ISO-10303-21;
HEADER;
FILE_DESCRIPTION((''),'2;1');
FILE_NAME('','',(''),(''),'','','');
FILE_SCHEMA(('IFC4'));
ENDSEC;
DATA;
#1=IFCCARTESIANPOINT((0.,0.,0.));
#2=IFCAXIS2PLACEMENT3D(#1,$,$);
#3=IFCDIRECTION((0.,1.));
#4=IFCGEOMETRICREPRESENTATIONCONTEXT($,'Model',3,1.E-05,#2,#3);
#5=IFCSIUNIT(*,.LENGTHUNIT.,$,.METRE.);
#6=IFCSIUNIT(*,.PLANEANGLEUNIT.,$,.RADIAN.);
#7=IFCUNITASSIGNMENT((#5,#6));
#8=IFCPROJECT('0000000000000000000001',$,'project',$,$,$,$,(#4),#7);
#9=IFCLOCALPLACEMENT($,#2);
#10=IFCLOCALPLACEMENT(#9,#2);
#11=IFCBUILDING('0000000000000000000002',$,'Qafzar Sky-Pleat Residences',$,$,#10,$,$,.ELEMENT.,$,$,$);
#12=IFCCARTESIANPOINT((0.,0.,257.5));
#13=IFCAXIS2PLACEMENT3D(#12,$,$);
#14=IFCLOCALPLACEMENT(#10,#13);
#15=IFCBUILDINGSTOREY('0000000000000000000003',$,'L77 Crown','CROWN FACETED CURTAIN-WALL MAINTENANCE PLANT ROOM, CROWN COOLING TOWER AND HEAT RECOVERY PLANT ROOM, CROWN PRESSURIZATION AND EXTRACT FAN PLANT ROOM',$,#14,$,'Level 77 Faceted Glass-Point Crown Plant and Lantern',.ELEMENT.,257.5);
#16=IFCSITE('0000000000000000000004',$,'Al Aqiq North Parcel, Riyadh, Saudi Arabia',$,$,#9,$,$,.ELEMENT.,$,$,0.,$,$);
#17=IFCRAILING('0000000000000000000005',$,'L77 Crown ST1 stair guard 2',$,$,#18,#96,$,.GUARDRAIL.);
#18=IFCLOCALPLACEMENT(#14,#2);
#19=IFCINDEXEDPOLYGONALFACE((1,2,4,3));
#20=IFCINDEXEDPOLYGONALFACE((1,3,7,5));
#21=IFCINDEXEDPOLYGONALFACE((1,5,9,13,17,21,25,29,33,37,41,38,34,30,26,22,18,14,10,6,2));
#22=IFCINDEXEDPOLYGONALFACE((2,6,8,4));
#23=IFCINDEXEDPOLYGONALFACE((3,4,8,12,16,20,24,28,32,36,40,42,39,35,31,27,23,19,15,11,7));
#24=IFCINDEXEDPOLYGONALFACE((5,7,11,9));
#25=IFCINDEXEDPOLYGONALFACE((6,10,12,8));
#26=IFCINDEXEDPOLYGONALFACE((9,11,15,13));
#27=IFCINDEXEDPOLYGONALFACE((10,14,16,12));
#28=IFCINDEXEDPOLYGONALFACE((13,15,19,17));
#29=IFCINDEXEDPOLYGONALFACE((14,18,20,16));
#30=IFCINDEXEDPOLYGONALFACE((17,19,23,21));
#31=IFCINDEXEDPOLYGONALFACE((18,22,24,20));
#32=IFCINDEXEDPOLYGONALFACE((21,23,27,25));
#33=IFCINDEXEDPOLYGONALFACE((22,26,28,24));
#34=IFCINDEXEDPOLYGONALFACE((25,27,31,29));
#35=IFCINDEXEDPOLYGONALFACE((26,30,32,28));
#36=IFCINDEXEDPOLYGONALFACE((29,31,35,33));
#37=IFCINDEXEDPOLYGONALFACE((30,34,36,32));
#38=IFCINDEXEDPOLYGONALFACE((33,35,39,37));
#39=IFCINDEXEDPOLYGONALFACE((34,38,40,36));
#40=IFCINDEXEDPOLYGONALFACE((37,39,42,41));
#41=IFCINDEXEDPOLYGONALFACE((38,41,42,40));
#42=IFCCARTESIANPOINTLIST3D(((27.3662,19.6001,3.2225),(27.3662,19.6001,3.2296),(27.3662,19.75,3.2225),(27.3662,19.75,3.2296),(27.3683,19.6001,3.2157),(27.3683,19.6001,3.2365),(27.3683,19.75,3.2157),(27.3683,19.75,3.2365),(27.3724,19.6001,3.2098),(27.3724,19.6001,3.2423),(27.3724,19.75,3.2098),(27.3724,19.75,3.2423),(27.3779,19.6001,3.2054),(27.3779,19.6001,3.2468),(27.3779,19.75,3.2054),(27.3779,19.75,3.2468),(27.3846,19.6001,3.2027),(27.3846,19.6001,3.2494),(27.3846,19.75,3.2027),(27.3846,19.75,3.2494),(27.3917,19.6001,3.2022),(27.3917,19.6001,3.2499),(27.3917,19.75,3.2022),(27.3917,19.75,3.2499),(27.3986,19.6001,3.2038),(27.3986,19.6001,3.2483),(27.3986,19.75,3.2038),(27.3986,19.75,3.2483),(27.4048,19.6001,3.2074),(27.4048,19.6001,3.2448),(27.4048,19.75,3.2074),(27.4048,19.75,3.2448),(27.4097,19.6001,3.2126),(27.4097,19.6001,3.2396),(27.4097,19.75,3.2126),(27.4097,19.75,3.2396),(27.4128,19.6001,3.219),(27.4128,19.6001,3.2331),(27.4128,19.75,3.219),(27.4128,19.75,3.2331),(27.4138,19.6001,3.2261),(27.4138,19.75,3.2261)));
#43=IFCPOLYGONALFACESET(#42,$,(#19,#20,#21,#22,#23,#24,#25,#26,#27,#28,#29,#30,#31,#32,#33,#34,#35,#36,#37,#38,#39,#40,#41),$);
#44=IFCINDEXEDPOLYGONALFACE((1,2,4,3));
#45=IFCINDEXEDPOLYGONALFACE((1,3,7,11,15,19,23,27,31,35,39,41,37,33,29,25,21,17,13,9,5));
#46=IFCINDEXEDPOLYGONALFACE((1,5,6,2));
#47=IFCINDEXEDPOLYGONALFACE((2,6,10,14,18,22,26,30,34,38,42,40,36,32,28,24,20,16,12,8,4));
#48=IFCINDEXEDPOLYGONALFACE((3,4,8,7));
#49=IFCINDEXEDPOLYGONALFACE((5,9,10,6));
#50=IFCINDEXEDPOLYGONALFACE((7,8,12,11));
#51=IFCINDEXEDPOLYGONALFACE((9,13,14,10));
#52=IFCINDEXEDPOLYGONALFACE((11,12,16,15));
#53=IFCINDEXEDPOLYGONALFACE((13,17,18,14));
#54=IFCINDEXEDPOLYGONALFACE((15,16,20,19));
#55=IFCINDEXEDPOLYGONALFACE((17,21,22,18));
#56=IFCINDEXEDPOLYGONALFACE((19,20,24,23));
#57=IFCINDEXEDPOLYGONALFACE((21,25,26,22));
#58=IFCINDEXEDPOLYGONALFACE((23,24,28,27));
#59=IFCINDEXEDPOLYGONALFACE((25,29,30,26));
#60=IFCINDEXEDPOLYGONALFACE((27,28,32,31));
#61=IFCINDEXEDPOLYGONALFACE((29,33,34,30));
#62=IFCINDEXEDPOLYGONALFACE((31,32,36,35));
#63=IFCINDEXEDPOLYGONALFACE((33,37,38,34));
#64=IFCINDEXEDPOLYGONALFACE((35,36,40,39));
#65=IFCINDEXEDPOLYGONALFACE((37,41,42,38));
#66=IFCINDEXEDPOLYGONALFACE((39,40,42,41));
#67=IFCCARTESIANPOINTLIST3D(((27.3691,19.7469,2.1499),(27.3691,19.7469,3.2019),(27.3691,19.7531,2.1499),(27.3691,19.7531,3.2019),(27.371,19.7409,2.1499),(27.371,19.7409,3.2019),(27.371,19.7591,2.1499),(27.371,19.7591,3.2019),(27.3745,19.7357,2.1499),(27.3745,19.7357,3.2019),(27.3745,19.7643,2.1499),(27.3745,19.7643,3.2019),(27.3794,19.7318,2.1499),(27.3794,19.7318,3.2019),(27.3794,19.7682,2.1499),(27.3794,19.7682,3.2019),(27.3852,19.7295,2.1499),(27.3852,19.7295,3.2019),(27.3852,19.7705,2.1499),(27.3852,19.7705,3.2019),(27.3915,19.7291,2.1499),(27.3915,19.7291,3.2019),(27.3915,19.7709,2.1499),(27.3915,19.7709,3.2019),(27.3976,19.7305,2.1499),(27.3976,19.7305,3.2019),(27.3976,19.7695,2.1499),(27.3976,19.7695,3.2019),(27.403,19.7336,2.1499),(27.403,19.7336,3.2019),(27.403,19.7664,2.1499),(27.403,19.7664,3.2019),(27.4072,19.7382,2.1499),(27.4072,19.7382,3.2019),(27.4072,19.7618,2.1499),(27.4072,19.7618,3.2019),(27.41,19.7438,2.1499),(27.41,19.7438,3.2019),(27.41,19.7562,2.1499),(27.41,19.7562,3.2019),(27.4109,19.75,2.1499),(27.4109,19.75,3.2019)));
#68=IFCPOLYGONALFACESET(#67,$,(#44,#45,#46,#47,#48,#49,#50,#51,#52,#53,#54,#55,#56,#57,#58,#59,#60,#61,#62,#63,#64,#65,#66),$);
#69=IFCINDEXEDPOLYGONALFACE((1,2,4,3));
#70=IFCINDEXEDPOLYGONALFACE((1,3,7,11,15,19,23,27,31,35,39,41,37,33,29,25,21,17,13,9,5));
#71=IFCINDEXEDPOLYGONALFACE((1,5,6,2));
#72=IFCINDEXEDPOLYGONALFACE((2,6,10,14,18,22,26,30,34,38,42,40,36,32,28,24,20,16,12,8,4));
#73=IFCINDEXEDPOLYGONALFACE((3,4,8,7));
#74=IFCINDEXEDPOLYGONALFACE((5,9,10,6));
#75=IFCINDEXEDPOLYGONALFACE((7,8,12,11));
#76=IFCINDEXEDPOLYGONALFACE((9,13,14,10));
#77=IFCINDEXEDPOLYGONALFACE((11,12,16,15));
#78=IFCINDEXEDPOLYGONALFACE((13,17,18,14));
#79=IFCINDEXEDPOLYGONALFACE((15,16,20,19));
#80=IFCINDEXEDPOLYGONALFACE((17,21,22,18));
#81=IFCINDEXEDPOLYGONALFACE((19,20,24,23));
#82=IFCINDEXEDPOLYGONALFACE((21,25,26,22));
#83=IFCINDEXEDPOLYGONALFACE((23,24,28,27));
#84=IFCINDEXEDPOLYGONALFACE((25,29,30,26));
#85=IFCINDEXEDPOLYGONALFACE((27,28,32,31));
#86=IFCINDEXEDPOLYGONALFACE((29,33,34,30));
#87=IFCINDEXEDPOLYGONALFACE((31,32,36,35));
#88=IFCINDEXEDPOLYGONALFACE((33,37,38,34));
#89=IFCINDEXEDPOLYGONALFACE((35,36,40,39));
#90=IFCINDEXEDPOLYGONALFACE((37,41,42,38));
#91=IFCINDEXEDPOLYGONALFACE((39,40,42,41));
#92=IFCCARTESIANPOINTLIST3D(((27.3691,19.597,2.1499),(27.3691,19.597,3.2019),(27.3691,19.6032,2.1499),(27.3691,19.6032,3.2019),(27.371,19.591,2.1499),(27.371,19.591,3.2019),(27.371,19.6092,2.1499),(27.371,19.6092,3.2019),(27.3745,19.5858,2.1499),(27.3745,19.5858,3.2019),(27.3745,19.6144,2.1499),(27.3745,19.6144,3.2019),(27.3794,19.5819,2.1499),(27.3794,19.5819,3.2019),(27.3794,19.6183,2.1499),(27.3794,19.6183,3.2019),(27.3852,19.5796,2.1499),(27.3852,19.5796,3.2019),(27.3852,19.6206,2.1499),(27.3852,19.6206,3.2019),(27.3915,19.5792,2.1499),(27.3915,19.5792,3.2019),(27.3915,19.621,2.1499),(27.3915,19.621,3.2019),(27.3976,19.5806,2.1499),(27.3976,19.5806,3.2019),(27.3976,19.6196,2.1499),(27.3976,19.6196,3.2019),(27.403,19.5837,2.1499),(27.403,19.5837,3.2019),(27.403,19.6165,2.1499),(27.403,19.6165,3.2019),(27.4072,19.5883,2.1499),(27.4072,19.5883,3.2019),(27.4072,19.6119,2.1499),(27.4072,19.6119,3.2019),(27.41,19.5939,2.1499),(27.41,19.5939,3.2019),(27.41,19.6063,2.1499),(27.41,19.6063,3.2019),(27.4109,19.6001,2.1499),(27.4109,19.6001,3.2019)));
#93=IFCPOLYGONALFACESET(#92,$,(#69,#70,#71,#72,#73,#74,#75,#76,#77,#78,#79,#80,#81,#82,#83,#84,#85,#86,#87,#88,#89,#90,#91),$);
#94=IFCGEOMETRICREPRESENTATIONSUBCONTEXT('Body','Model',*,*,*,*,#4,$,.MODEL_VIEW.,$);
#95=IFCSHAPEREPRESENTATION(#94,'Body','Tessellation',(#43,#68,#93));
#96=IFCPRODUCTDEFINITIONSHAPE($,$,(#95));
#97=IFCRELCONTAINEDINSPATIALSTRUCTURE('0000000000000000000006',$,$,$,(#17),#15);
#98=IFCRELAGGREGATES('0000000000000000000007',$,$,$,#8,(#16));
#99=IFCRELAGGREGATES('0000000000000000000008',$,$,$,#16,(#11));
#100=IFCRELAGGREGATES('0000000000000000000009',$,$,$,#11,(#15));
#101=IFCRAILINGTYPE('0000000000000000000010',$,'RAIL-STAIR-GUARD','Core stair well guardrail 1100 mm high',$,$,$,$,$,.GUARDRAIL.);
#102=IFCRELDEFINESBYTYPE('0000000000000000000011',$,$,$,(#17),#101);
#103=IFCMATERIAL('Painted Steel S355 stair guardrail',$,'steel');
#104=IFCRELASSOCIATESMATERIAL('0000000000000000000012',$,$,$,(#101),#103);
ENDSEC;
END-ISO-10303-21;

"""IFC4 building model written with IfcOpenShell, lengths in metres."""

from ifc_helpers import new_model, si_unit, direction, frame, origin, origin_2d, place, context, subcontext, project, spatial, circle, extrude, source, transform, mapped, material, type_object, element, save


model = new_model("IFC4")

# Units and contexts
model_context = context("Model", 3, precision=1e-05, world=origin(), true_north=direction((0.0, 1.0)))
body_context = subcontext(model_context, "Body", "Model", "MODEL_VIEW")
ifc_project = project(units=[si_unit("LENGTHUNIT", "METRE"), si_unit("PLANEANGLEUNIT", "RADIAN")], contexts=[model_context])

# Site, building, storey
site_placement = place(None, origin())
site = spatial("IfcSite", under=ifc_project, at=site_placement, Name="Al Aqiq North Parcel, Riyadh, Saudi Arabia", CompositionType="ELEMENT", RefElevation=0.0)
building_placement = place(site_placement, origin())
building = spatial("IfcBuilding", under=site, at=building_placement, Name="Qafzar Sky-Pleat Residences", CompositionType="ELEMENT")
storey_placement = place(building_placement, frame((0.0, 0.0, 257.5)))
storey = spatial("IfcBuildingStorey", under=building, at=storey_placement, Name="L77 Crown", Description="CROWN FACETED CURTAIN-WALL MAINTENANCE PLANT ROOM, CROWN COOLING TOWER AND HEAT RECOVERY PLANT ROOM, CROWN PRESSURIZATION AND EXTRACT FAN PLANT ROOM", LongName="Level 77 Faceted Glass-Point Crown Plant and Lantern", CompositionType="ELEMENT", Elevation=257.5)

# Railing
ifc_material_1 = material(Name="Painted Steel S355 stair guardrail", Category="steel")
railing_type_1 = type_object("IfcRailingType", Name="RAIL-STAIR-GUARD", Description="Core stair well guardrail 1100 mm high", PredefinedType="GUARDRAIL", material=ifc_material_1)
shared_shape_1 = source(origin(), body_context, "Body", "SweptSolid", [
    extrude(circle(Radius=0.0239, at=origin_2d()), frame((0.0, 0.0, 1.0762), z_axis=(0.0, -1.0, 0.0), x_axis=(1.0, 0.0, 0.0)), (0.0, 0.0, 1.0), 0.1499),
    extrude(circle(Radius=0.021, at=origin_2d()), origin(), (0.0, 0.0, 1.0), 1.052),
    extrude(circle(Radius=0.021, at=origin_2d()), frame((0.0, -0.1499, 0.0)), (0.0, 0.0, 1.0), 1.052),
])
railing_1_placement = place(storey_placement, frame((27.3899, 19.75, 2.1499)))
element("IfcRailing", 1, at=railing_1_placement, inside=storey, type_object=railing_type_1, Name="L77 Crown ST1 stair guard 2", PredefinedType="GUARDRAIL", context=body_context, shape_type="MappedRepresentation", body=[
    mapped(shared_shape_1, transform((0.0, 0.0, 0.0), x_axis=(1.0, 0.0, 0.0), y_axis=(0.0, 1.0, 0.0), z_axis=(0.0, 0.0, 1.0), scale=1.0)),
])

save(model, "model.ifc")
